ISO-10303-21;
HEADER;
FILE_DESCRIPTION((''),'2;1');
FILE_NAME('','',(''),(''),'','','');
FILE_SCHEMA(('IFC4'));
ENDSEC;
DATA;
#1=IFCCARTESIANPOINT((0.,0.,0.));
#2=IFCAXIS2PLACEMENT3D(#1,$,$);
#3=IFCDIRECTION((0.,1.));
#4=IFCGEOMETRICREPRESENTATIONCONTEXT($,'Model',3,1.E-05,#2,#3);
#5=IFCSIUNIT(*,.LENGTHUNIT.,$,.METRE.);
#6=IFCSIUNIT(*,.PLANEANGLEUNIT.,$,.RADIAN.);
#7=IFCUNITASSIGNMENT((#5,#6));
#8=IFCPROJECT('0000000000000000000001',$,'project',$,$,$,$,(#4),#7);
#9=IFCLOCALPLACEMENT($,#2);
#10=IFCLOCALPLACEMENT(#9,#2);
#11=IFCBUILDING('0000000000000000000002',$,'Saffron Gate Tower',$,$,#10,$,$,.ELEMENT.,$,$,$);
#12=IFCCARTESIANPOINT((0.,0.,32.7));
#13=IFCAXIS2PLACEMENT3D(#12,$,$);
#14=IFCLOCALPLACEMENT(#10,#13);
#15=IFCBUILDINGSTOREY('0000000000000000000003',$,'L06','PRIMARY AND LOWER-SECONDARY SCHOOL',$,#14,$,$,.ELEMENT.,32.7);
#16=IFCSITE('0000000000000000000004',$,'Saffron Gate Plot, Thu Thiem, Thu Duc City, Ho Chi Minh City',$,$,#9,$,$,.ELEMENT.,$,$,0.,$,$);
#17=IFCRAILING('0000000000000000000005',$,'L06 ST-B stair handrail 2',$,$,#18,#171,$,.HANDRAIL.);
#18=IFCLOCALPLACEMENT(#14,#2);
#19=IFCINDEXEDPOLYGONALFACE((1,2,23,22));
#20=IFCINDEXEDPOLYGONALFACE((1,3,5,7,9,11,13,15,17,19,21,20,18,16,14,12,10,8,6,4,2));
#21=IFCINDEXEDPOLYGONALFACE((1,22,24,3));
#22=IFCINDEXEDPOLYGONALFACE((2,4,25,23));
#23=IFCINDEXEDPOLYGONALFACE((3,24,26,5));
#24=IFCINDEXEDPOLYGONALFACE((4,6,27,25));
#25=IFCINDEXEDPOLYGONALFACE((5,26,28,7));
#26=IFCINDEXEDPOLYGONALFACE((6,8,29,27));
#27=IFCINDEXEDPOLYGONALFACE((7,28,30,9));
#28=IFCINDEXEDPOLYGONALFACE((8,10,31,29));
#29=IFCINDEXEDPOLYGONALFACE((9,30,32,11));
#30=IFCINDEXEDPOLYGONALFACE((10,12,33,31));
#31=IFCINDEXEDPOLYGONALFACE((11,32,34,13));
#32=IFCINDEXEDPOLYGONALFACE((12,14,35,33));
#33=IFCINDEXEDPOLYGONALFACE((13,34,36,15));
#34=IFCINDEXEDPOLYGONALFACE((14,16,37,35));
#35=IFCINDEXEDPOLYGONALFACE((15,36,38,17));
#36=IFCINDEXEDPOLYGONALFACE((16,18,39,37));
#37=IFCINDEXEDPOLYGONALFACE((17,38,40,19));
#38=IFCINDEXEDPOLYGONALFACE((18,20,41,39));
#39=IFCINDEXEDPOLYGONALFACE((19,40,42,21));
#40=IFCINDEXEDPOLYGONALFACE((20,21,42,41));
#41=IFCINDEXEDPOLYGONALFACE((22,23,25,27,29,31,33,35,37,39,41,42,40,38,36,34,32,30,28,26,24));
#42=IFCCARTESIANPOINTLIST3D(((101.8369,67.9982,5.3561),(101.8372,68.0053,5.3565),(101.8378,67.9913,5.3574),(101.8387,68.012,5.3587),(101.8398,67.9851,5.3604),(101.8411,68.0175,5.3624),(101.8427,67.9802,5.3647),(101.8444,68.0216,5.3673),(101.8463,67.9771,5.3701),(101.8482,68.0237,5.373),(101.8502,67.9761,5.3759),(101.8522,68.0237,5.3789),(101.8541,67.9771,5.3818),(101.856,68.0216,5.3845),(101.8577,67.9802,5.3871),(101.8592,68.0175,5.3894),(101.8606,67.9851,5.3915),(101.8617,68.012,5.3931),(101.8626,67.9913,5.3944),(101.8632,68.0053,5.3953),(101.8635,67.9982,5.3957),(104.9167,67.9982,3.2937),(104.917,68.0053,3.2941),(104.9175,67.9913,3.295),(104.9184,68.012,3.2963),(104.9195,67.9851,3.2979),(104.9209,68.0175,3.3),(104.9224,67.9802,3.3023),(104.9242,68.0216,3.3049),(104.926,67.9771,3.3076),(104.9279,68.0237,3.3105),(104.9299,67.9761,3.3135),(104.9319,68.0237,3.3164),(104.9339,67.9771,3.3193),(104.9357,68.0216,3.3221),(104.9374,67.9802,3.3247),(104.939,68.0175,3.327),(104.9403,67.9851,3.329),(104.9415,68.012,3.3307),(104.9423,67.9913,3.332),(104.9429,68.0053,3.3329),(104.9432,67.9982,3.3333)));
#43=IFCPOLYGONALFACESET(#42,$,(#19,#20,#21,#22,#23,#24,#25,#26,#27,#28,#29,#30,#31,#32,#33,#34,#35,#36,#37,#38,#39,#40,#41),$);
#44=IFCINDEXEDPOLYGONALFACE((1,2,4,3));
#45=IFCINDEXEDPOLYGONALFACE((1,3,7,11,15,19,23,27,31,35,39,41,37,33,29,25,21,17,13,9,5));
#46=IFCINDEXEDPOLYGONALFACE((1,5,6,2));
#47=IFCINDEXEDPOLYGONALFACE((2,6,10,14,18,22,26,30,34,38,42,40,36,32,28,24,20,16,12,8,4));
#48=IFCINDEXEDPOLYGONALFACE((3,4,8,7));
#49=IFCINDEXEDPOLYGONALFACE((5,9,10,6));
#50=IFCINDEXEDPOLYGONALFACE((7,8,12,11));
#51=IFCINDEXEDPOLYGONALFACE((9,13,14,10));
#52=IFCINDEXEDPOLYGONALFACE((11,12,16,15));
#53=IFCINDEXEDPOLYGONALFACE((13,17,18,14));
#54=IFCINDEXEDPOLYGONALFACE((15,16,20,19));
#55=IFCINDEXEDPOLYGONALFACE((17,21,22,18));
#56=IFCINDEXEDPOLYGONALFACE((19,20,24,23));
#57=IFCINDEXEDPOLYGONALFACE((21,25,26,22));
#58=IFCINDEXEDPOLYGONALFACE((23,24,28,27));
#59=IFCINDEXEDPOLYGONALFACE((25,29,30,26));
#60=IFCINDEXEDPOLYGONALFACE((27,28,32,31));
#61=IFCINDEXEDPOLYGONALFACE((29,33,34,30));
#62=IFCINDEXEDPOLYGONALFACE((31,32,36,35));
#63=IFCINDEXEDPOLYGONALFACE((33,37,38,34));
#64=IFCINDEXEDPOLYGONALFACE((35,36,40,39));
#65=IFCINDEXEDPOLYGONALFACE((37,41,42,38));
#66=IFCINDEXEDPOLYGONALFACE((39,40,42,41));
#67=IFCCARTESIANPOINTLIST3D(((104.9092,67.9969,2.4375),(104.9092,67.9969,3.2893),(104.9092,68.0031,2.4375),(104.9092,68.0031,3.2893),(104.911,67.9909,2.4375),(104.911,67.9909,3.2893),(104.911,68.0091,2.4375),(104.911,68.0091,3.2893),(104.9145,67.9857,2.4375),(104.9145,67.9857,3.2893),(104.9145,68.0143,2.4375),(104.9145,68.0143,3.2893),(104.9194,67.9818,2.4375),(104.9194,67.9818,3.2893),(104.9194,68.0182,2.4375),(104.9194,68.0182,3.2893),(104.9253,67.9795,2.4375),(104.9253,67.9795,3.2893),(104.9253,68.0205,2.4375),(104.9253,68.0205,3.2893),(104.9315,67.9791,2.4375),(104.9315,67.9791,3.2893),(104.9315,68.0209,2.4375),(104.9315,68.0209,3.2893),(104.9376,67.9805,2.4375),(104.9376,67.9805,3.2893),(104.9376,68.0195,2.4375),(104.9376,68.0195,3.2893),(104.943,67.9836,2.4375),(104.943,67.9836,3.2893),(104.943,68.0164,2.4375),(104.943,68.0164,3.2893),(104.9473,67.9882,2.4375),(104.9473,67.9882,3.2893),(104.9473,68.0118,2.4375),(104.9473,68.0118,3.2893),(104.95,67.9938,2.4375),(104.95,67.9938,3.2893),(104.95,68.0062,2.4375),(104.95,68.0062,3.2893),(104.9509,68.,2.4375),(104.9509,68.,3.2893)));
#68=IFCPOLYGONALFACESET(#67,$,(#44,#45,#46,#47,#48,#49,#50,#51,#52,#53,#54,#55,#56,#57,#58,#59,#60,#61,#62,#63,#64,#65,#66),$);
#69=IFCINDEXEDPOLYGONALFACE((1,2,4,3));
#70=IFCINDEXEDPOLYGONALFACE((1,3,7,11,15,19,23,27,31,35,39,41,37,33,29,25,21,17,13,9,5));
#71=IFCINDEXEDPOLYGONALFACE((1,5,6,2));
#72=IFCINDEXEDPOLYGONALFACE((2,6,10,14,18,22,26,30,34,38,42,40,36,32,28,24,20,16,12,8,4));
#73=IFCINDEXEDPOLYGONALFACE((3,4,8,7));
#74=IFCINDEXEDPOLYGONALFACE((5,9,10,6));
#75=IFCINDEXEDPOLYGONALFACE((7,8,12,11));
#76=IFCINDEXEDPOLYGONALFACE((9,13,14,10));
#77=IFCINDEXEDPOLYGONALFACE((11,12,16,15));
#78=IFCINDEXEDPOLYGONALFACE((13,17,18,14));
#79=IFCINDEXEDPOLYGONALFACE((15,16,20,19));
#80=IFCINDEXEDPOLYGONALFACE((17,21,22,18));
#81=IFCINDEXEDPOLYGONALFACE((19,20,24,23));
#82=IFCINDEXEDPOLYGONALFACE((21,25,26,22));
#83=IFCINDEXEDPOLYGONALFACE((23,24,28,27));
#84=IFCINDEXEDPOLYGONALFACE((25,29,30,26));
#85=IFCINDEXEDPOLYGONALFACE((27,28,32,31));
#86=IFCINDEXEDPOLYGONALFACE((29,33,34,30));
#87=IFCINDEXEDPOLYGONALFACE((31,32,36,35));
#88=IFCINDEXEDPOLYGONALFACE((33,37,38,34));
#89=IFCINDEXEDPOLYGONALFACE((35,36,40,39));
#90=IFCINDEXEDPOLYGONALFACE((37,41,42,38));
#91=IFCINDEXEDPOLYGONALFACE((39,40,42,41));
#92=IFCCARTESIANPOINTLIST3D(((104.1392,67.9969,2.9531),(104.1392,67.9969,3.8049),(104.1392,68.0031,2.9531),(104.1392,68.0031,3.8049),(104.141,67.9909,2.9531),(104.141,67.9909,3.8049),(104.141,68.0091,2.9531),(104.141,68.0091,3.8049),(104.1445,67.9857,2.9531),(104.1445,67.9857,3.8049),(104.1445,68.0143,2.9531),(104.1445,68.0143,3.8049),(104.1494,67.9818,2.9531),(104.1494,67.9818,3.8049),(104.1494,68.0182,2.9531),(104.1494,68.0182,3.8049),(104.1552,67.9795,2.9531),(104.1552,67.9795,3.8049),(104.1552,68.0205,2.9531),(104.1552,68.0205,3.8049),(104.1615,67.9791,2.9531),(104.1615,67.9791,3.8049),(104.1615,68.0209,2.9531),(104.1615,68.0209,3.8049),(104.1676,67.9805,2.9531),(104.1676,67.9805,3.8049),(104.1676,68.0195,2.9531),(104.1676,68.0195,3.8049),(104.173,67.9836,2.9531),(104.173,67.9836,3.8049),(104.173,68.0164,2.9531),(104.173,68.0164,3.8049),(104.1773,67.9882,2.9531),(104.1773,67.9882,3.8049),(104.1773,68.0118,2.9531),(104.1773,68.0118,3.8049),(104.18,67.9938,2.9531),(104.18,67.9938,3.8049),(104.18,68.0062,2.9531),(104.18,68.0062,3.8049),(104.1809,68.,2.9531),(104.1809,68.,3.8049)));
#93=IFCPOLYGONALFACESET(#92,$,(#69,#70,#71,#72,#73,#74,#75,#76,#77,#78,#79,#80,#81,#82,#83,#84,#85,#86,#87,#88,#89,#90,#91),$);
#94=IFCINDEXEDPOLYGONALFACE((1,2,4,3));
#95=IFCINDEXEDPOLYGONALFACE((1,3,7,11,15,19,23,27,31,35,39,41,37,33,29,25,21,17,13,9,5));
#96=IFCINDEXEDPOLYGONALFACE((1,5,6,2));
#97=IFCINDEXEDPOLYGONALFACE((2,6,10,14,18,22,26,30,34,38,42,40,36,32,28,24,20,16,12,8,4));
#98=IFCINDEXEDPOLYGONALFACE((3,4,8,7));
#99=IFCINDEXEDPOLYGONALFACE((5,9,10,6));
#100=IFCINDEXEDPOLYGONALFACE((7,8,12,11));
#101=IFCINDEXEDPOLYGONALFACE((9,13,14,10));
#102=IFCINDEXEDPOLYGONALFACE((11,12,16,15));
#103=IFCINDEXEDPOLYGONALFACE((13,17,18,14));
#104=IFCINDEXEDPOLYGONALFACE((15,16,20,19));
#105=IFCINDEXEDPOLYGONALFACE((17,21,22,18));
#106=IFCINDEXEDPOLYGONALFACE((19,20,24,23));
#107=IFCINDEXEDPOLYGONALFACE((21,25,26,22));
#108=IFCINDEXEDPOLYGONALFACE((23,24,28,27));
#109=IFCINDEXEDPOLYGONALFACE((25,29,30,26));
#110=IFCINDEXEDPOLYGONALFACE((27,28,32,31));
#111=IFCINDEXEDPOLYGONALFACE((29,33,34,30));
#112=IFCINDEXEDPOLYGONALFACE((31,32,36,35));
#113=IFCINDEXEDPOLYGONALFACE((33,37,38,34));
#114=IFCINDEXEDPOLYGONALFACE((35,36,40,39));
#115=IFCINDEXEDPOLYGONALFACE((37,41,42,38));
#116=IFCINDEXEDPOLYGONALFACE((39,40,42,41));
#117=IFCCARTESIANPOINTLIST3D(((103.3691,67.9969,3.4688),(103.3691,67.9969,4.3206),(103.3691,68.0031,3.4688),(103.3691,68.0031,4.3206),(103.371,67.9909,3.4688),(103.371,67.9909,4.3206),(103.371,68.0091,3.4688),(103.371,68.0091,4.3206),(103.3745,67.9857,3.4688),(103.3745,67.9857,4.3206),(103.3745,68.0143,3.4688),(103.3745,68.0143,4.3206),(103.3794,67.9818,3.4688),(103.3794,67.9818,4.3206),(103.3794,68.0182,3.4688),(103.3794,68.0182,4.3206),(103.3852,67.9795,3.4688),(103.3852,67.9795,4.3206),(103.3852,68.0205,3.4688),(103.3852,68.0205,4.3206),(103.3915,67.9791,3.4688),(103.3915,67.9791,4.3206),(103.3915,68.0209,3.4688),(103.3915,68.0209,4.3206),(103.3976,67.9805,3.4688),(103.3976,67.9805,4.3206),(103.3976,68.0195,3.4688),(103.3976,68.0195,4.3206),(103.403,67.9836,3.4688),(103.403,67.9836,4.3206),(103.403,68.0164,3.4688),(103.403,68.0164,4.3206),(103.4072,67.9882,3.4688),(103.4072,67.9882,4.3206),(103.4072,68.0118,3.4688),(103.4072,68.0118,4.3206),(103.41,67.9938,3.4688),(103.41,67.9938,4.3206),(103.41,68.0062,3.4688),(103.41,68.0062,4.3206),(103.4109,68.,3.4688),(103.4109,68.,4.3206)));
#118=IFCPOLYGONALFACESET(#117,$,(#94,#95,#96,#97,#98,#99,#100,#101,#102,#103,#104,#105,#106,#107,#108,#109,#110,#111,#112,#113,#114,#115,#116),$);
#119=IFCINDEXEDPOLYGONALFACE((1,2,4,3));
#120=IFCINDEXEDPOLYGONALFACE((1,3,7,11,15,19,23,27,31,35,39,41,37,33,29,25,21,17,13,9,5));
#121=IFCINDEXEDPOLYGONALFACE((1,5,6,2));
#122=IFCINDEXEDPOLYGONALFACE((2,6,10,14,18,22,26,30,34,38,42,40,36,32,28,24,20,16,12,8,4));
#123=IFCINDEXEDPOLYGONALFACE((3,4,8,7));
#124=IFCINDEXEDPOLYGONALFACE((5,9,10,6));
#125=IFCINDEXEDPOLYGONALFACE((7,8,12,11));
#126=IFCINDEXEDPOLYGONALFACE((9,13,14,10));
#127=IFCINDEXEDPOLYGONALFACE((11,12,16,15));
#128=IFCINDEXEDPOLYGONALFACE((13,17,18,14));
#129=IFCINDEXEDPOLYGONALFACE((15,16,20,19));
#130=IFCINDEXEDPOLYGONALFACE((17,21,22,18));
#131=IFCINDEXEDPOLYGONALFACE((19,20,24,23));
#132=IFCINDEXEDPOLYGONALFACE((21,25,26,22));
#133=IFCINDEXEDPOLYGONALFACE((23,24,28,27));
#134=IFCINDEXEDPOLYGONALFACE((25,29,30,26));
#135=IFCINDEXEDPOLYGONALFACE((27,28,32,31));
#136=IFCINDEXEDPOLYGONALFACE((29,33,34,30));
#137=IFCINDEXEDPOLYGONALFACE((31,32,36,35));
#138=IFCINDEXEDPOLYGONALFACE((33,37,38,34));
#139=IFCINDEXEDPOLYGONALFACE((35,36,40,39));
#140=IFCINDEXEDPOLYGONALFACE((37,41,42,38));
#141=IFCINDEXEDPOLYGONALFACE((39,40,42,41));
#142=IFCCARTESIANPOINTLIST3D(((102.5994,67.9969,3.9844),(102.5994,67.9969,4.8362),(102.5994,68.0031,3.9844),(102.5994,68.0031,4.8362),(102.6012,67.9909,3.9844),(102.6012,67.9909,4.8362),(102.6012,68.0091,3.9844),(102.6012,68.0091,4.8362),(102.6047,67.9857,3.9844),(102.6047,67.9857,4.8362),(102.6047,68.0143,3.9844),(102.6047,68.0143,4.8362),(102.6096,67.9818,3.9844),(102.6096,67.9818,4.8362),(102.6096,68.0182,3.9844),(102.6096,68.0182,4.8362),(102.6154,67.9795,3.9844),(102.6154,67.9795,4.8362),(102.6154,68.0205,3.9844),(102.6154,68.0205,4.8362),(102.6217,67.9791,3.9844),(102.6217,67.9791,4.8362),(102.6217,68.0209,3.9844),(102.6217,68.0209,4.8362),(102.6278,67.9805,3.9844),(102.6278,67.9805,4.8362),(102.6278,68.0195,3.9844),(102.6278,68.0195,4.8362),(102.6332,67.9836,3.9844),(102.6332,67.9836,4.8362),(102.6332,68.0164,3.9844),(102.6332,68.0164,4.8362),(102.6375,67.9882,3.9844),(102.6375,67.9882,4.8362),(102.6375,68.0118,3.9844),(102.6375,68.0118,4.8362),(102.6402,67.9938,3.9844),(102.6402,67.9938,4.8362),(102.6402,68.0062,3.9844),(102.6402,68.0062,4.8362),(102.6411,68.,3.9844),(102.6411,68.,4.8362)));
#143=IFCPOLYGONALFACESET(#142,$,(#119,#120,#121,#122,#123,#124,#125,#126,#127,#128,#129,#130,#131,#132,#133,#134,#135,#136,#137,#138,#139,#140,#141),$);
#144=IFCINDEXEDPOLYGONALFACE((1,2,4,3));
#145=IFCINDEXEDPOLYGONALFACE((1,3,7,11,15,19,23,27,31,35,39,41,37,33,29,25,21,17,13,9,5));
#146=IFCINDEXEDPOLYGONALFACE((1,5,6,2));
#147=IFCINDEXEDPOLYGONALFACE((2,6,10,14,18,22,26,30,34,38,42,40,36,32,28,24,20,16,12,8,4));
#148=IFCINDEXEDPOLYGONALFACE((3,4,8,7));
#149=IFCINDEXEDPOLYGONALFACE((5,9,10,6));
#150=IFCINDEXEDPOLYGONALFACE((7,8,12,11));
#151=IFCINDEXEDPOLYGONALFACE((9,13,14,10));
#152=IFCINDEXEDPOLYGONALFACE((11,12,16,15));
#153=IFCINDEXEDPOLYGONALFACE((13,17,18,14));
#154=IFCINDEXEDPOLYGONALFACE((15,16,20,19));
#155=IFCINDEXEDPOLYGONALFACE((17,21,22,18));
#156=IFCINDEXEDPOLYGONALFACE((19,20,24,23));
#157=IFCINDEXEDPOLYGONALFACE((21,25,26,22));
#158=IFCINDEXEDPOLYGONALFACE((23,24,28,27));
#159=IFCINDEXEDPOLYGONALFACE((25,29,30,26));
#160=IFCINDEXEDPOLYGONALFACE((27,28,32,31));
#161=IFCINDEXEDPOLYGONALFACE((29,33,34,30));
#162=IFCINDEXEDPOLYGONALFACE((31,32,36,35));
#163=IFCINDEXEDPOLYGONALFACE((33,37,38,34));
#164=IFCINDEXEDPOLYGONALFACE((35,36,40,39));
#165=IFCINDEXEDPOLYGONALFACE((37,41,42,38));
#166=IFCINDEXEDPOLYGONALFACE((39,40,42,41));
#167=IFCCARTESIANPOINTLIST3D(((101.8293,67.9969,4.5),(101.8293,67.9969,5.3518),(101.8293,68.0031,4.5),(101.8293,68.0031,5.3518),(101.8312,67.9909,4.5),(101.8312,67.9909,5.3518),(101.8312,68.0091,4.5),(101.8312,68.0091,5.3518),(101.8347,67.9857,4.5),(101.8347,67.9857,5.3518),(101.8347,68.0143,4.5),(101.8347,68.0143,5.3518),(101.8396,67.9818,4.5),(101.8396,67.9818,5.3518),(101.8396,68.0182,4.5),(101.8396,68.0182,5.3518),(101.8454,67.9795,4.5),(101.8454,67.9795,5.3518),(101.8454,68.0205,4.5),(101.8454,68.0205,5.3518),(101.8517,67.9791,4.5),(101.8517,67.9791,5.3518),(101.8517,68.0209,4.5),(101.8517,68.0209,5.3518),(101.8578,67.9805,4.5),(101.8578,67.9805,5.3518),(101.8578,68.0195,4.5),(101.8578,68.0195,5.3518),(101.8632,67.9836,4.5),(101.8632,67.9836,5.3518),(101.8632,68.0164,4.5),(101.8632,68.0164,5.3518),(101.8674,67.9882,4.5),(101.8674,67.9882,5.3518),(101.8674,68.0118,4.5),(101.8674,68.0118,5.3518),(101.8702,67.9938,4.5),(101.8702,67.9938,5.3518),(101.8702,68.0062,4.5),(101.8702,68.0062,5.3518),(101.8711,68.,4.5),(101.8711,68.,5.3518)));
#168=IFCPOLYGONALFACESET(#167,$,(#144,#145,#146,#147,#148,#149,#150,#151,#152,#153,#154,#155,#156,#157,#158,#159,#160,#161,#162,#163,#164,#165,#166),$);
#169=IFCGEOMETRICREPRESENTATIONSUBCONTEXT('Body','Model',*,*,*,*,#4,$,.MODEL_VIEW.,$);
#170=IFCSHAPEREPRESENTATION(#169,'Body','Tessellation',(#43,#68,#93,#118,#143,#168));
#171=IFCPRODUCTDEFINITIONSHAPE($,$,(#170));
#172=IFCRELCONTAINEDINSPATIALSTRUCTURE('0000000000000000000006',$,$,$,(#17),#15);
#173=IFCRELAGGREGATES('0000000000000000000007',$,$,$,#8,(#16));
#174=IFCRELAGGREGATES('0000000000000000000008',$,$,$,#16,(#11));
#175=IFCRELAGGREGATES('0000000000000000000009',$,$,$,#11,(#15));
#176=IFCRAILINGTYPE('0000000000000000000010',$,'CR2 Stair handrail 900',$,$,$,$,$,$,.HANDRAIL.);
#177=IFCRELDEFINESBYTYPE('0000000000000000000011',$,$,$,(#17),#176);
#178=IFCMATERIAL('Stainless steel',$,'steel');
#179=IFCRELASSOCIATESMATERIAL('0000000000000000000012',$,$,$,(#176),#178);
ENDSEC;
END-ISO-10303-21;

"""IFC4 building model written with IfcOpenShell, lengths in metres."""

from ifc_helpers import new_model, si_unit, direction, frame, origin, origin_2d, place, context, subcontext, project, spatial, circle, extrude, material, type_object, element, save


model = new_model("IFC4")

# Units and contexts
model_context = context("Model", 3, precision=1e-05, world=origin(), true_north=direction((0.0, 1.0)))
body_context = subcontext(model_context, "Body", "Model", "MODEL_VIEW")
ifc_project = project(units=[si_unit("LENGTHUNIT", "METRE"), si_unit("PLANEANGLEUNIT", "RADIAN")], contexts=[model_context])

# Site, building, storey
site_placement = place(None, origin())
site = spatial("IfcSite", under=ifc_project, at=site_placement, Name="Saffron Gate Plot, Thu Thiem, Thu Duc City, Ho Chi Minh City", CompositionType="ELEMENT", RefElevation=0.0)
building_placement = place(site_placement, origin())
building = spatial("IfcBuilding", under=site, at=building_placement, Name="Saffron Gate Tower", CompositionType="ELEMENT")
storey_placement = place(building_placement, frame((0.0, 0.0, 32.7)))
storey = spatial("IfcBuildingStorey", under=building, at=storey_placement, Name="L06", Description="PRIMARY AND LOWER-SECONDARY SCHOOL", CompositionType="ELEMENT", Elevation=32.7)

# Railing
ifc_material_1 = material(Name="Stainless steel", Category="steel")
railing_type_1 = type_object("IfcRailingType", Name="CR2 Stair handrail 900", PredefinedType="HANDRAIL", material=ifc_material_1)
railing_1_placement = place(storey_placement, frame((104.9299, 68.0, 2.4375)))
element("IfcRailing", 1, at=railing_1_placement, inside=storey, type_object=railing_type_1, Name="L06 ST-B stair handrail 2", PredefinedType="HANDRAIL", context=body_context, shape_type="SweptSolid", body=[
    extrude(circle(Radius=0.0239, at=origin_2d()), frame((0.0, 0.0, 0.876), z_axis=(-0.830893, 0.0, 0.556432), x_axis=(0.0, -1.0, 0.0)), (0.0, 0.0, 1.0), 3.7065),
    extrude(circle(Radius=0.021, at=origin_2d()), origin(), (0.0, 0.0, 1.0), 0.8518),
    extrude(circle(Radius=0.021, at=origin_2d()), frame((-0.77, 0.0, 0.5156)), (0.0, 0.0, 1.0), 0.8518),
    extrude(circle(Radius=0.021, at=origin_2d()), frame((-1.54, 0.0, 1.0312)), (0.0, 0.0, 1.0), 0.8518),
    extrude(circle(Radius=0.021, at=origin_2d()), frame((-2.3098, 0.0, 1.5469)), (0.0, 0.0, 1.0), 0.8518),
    extrude(circle(Radius=0.021, at=origin_2d()), frame((-3.0798, 0.0, 2.0625)), (0.0, 0.0, 1.0), 0.8518),
])

save(model, "model.ifc")
